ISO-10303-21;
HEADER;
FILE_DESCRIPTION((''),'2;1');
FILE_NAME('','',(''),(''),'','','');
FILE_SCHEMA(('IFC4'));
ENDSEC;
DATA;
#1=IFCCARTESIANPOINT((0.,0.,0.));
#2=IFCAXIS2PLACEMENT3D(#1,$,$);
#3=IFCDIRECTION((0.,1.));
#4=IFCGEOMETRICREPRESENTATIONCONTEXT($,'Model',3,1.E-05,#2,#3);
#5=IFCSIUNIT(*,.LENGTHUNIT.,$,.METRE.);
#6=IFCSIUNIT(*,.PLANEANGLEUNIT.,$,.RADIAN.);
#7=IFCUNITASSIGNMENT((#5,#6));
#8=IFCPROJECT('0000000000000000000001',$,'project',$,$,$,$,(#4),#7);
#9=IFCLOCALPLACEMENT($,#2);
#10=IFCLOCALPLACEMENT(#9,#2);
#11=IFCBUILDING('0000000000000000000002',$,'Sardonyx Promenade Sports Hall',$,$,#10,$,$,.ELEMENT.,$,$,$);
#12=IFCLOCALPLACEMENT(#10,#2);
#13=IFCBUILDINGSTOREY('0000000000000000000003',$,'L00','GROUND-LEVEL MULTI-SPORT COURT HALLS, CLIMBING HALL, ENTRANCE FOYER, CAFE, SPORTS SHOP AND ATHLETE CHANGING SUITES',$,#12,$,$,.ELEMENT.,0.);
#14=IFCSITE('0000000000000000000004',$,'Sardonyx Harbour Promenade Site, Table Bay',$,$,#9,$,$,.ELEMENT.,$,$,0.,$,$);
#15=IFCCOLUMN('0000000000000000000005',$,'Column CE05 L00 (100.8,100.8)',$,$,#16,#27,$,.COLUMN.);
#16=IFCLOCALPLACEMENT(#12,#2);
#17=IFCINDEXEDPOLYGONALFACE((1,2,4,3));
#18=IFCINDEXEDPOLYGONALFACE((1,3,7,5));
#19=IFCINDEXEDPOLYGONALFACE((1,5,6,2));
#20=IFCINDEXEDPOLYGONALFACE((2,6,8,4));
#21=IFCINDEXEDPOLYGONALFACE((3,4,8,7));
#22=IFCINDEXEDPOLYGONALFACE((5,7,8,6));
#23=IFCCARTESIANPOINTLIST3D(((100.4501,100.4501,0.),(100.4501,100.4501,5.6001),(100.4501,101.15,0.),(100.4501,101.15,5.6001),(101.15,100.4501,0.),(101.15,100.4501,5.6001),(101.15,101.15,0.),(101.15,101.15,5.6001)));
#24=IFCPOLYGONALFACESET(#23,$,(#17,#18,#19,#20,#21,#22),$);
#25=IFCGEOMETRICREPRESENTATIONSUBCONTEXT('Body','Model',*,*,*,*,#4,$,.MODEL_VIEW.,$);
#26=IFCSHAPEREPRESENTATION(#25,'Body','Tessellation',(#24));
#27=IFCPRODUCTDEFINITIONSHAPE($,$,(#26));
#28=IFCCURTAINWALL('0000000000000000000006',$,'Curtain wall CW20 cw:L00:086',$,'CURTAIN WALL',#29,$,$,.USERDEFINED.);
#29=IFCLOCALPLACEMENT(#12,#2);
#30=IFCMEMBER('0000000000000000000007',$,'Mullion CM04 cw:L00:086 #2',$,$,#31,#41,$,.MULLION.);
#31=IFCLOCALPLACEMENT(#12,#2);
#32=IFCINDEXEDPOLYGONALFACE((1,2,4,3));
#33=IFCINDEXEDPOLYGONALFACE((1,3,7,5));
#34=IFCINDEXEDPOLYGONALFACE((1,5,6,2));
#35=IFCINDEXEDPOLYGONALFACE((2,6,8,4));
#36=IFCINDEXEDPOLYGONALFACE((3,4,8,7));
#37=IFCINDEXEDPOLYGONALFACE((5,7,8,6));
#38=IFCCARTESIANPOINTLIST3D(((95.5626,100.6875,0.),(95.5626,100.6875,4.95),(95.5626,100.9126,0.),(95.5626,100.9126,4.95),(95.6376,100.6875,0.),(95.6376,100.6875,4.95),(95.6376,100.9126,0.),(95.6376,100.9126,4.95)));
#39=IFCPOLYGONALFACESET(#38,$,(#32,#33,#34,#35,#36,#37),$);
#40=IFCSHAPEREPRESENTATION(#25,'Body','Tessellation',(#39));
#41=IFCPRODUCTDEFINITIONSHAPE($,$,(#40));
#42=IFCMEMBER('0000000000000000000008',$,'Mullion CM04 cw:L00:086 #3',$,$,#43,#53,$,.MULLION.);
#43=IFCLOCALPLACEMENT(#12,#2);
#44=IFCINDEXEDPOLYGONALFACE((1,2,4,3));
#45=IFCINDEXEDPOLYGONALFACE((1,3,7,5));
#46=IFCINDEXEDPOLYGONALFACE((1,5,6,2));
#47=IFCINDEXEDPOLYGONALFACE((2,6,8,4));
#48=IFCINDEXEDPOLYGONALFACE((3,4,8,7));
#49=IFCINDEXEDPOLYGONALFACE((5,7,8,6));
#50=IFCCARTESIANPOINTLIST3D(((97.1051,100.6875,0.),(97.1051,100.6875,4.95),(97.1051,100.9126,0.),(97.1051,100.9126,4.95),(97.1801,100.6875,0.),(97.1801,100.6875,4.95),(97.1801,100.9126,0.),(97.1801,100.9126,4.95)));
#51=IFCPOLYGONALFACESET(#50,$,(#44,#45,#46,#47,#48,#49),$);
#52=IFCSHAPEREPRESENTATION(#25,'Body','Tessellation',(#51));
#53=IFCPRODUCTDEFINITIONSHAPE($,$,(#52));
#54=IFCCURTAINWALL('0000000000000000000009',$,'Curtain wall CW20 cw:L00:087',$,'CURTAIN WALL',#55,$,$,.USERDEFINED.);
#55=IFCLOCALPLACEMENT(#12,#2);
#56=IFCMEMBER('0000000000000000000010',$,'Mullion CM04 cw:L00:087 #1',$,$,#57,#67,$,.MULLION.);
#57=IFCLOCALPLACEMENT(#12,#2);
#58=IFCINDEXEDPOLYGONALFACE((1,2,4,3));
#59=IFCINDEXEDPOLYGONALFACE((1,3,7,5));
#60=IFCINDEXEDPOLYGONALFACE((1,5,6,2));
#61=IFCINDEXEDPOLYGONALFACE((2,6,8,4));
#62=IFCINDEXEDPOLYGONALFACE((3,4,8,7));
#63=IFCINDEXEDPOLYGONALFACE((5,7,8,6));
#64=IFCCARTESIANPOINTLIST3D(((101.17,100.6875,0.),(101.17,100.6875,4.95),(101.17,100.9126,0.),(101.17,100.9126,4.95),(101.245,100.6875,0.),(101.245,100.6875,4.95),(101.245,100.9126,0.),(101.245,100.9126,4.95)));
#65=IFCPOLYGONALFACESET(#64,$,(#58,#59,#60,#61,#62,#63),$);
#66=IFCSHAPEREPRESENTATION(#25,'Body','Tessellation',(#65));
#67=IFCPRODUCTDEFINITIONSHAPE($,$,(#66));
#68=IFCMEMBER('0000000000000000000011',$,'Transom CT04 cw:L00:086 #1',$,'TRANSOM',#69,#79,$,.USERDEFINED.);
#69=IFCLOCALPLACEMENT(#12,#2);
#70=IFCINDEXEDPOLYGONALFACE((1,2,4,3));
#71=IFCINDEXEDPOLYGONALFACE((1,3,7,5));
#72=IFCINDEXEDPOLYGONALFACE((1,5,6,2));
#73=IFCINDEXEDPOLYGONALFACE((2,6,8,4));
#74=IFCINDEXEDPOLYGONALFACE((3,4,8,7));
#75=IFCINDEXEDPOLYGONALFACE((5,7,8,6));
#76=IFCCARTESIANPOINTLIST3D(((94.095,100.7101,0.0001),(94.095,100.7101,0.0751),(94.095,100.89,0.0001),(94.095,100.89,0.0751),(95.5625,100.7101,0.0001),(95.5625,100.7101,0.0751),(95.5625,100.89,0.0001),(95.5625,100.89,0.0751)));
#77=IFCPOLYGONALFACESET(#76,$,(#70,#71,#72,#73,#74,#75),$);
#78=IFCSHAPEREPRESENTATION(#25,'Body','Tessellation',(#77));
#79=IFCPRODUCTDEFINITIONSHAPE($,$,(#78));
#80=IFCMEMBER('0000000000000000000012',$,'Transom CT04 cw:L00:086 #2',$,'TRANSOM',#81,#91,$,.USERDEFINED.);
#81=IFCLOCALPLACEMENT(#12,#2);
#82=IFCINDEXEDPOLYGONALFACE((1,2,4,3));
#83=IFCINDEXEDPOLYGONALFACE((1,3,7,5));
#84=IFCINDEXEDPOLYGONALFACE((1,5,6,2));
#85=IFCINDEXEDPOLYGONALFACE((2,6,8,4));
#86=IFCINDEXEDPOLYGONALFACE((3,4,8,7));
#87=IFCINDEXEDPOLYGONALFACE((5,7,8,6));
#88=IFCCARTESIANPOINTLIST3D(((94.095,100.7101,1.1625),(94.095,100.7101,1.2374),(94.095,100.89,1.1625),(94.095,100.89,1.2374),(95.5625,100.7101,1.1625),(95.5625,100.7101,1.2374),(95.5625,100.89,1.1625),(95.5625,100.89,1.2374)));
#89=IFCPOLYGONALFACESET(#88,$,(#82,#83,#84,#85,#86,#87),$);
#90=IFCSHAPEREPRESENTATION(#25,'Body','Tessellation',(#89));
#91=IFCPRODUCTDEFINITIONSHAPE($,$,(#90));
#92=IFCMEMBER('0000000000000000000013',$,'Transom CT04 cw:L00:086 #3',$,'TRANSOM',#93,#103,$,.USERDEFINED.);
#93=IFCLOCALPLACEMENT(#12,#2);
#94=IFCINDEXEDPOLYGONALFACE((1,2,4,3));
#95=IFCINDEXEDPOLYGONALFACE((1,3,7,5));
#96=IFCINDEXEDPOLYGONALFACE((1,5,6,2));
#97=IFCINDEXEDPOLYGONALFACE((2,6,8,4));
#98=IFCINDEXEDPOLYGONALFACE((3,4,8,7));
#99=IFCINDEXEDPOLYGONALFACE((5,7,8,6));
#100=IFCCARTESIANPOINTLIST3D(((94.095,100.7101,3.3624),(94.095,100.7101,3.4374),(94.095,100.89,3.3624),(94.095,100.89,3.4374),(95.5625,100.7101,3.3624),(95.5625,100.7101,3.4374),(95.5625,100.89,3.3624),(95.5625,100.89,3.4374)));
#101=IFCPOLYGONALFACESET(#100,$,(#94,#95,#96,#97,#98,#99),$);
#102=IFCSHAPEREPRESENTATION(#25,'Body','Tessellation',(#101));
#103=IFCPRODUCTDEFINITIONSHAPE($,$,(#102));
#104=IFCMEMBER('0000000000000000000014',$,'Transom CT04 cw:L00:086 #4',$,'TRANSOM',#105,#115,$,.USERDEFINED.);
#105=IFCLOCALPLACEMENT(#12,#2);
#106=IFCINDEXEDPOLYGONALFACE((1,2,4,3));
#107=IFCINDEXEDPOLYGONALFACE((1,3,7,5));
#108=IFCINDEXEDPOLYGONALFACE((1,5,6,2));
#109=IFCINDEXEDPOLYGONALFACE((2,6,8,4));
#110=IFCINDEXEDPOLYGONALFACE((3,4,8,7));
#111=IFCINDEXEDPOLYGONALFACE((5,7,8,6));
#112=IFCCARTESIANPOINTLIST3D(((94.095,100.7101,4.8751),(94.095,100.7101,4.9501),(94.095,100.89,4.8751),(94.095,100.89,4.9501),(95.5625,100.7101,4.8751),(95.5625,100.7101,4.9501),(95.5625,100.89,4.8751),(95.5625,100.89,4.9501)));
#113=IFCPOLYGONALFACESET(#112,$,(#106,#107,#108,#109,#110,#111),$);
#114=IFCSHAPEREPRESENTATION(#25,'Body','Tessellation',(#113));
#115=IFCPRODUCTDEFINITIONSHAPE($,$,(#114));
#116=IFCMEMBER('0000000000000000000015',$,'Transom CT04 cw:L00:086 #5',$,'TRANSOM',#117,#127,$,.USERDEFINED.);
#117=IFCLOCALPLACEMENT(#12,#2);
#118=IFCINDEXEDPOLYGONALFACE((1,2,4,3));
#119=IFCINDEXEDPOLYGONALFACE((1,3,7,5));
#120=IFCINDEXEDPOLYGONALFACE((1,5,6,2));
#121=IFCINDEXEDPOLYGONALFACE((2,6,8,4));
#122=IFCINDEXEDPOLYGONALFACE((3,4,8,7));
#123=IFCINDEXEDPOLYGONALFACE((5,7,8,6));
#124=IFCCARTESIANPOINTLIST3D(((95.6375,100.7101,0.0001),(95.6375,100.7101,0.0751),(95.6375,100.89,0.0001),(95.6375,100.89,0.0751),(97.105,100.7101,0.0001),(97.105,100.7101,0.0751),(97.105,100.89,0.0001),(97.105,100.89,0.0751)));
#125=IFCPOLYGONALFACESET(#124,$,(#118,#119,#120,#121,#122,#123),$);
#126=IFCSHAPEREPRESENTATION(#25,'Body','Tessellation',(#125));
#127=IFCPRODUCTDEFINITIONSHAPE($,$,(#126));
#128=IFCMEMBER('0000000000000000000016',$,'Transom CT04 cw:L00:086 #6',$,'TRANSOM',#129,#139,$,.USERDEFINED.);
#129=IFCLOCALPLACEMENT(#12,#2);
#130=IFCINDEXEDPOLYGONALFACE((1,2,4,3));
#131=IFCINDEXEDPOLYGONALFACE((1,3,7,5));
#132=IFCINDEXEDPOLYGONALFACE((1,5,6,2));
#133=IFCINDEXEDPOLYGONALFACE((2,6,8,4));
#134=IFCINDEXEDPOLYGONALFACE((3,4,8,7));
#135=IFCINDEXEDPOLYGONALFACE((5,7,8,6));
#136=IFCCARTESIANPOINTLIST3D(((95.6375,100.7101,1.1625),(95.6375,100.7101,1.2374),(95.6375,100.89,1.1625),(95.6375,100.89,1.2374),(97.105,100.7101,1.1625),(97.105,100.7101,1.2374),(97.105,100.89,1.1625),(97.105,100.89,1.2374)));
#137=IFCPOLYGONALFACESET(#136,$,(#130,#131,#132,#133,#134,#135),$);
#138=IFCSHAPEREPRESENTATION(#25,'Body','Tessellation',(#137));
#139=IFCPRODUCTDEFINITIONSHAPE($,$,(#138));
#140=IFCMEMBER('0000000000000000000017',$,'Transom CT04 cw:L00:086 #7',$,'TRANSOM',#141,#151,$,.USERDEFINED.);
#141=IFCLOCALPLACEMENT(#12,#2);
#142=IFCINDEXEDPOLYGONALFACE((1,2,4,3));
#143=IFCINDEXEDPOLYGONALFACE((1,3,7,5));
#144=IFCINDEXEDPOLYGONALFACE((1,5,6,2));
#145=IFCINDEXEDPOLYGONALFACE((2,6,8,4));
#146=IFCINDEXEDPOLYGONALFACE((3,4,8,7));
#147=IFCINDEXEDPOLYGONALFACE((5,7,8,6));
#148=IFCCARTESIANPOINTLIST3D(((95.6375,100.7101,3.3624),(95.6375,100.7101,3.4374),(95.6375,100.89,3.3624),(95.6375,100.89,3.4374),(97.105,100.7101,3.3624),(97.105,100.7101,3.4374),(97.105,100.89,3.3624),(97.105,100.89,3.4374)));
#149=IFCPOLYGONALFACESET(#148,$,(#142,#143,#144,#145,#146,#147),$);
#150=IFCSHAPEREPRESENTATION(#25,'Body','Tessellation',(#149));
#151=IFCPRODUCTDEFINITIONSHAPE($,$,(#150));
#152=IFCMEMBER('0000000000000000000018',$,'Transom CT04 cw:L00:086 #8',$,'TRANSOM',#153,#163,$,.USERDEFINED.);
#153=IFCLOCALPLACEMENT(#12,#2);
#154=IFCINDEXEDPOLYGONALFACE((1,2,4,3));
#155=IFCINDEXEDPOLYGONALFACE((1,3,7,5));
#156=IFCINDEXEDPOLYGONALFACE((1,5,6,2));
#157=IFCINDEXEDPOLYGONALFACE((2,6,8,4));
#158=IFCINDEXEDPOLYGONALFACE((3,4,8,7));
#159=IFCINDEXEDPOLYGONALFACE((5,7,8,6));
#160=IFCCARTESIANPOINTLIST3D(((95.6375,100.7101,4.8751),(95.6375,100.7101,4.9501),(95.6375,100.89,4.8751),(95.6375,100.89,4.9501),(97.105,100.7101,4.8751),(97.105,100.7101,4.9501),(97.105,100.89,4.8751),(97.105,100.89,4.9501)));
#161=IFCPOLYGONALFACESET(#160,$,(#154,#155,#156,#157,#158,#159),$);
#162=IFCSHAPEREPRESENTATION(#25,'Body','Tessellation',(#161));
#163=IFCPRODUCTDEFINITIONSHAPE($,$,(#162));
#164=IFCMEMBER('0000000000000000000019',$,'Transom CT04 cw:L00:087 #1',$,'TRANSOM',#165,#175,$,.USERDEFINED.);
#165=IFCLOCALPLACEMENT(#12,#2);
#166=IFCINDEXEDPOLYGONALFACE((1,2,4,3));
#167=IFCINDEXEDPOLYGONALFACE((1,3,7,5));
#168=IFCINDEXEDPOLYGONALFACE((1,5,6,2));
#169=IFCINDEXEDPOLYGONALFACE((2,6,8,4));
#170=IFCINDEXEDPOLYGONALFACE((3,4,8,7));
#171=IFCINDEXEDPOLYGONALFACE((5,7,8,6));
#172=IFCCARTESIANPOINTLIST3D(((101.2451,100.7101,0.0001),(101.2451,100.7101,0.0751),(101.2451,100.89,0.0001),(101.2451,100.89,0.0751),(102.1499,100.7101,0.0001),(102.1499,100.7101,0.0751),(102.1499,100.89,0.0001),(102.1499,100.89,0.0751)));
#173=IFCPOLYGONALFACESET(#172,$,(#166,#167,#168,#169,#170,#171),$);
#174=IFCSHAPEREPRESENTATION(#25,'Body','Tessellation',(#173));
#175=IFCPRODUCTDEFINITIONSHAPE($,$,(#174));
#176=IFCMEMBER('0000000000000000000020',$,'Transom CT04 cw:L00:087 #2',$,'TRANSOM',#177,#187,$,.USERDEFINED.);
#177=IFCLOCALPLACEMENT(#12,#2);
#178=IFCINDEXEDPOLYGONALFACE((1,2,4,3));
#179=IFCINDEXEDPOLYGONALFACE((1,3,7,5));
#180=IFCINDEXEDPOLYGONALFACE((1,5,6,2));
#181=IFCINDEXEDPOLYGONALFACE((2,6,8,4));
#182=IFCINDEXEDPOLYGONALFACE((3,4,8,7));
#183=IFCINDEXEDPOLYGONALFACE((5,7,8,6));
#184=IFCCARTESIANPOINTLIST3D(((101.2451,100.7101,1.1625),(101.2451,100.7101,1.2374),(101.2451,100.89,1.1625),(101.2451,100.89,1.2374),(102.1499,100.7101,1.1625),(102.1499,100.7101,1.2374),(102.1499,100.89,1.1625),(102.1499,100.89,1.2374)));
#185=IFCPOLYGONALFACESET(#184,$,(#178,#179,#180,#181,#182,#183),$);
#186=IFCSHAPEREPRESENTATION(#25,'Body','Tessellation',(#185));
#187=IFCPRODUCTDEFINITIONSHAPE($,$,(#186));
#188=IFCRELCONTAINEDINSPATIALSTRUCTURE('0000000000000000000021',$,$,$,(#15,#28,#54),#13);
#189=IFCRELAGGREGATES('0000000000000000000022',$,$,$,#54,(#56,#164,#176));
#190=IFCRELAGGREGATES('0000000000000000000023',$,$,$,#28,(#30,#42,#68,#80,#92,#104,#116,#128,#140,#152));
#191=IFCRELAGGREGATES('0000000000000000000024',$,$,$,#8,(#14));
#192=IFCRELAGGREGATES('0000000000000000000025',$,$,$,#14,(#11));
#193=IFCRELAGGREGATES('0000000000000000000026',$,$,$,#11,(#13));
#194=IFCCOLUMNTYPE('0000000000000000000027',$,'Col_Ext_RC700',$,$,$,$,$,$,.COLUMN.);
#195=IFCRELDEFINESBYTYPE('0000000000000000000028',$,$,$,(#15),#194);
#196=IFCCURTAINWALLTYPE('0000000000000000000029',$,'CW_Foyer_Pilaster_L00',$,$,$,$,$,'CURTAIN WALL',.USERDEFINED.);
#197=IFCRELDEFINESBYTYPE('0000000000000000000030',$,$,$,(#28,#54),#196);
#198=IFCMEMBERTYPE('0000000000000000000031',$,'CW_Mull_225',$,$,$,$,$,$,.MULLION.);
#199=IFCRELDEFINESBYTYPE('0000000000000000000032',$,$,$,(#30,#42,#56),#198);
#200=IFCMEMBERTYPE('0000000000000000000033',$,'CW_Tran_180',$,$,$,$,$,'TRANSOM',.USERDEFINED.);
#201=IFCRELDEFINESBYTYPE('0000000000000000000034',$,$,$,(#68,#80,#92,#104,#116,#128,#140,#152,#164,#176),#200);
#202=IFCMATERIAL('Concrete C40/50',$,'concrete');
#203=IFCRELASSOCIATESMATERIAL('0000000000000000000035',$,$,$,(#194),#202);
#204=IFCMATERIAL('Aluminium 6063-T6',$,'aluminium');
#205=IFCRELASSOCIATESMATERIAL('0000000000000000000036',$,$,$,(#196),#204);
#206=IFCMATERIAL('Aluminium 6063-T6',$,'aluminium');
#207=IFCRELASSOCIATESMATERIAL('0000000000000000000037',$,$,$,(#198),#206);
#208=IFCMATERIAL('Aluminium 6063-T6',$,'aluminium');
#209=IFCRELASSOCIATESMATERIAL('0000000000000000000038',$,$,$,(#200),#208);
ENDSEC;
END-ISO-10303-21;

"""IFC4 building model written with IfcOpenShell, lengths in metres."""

from ifc_helpers import new_model, si_unit, direction, frame, origin, origin_2d, place, context, subcontext, project, spatial, rectangle, extrude, material, material_profile, profile_set, type_object, element, aggregate, save


model = new_model("IFC4")

# Units and contexts
model_context = context("Model", 3, precision=1e-05, world=origin(), true_north=direction((0.0, 1.0)))
body_context = subcontext(model_context, "Body", "Model", "MODEL_VIEW")
ifc_project = project(units=[si_unit("LENGTHUNIT", "METRE"), si_unit("PLANEANGLEUNIT", "RADIAN")], contexts=[model_context])

# Site, building, storey
site_placement = place(None, origin())
site = spatial("IfcSite", under=ifc_project, at=site_placement, Name="Sardonyx Harbour Promenade Site, Table Bay", CompositionType="ELEMENT", RefElevation=0.0)
building_placement = place(site_placement, origin())
building = spatial("IfcBuilding", under=site, at=building_placement, Name="Sardonyx Promenade Sports Hall", CompositionType="ELEMENT")
storey_placement = place(building_placement, origin())
storey = spatial("IfcBuildingStorey", under=building, at=storey_placement, Name="L00", Description="GROUND-LEVEL MULTI-SPORT COURT HALLS, CLIMBING HALL, ENTRANCE FOYER, CAFE, SPORTS SHOP AND ATHLETE CHANGING SUITES", CompositionType="ELEMENT", Elevation=0.0)

# Column
ifc_material_1 = material(Name="Concrete C40/50", Category="concrete")
ifc_material_profile_1 = material_profile(ifc_material_1, rectangle(XDim=0.7, YDim=0.7, at=origin_2d()))
ifc_profile_set_1 = profile_set([ifc_material_profile_1], Name="Concrete C40/50")
column_type = type_object("IfcColumnType", Name="Col_Ext_RC700", PredefinedType="COLUMN", material=ifc_profile_set_1)
column_placement = place(storey_placement, frame((100.8, 100.8, 0.0), z_axis=(0.0, 0.0, 1.0), x_axis=(1.0, 0.0, 0.0)))
element("IfcColumn", 1, at=column_placement, inside=storey, type_object=column_type, Name="Column CE05 L00 (100.8,100.8)", PredefinedType="COLUMN", context=body_context, shape_type="SweptSolid", body=[
    extrude(rectangle(XDim=0.7, YDim=0.7, at=origin_2d()), origin(), (0.0, 0.0, 1.0), 5.6001),
])

# Curtain wall, members
ifc_material_2 = material(Name="Aluminium 6063-T6", Category="aluminium")
curtain_wall_type_1 = type_object("IfcCurtainWallType", Name="CW_Foyer_Pilaster_L00", ElementType="CURTAIN WALL", PredefinedType="USERDEFINED", material=ifc_material_2)
curtain_wall_1_placement = place(storey_placement, origin())
curtain_wall_1 = element("IfcCurtainWall", 2, at=curtain_wall_1_placement, inside=storey, type_object=curtain_wall_type_1, Name="Curtain wall CW20 cw:L00:086", ObjectType="CURTAIN WALL", PredefinedType="USERDEFINED")
ifc_material_3 = material(Name="Aluminium 6063-T6", Category="aluminium")
ifc_material_profile_2 = material_profile(ifc_material_3, rectangle(XDim=0.075, YDim=0.2251, at=origin_2d()))
ifc_profile_set_2 = profile_set([ifc_material_profile_2], Name="Aluminium 6063-T6")
member_type_1 = type_object("IfcMemberType", Name="CW_Mull_225", PredefinedType="MULLION", material=ifc_profile_set_2)
member_1_placement = place(storey_placement, frame((95.6001, 100.8, 0.0), z_axis=(0.0, 0.0, 1.0), x_axis=(1.0, 0.0, 0.0)))
member_1 = element("IfcMember", 3, at=member_1_placement, type_object=member_type_1, Name="Mullion CM04 cw:L00:086 #2", PredefinedType="MULLION", context=body_context, shape_type="SweptSolid", body=[
    extrude(rectangle(XDim=0.075, YDim=0.2251, at=origin_2d()), origin(), (0.0, 0.0, 1.0), 4.95),
])
member_2_placement = place(storey_placement, frame((97.1426, 100.8, 0.0), z_axis=(0.0, 0.0, 1.0), x_axis=(1.0, 0.0, 0.0)))
member_2 = element("IfcMember", 4, at=member_2_placement, type_object=member_type_1, Name="Mullion CM04 cw:L00:086 #3", PredefinedType="MULLION", context=body_context, shape_type="SweptSolid", body=[
    extrude(rectangle(XDim=0.075, YDim=0.2251, at=origin_2d()), origin(), (0.0, 0.0, 1.0), 4.95),
])

# Curtain wall, member
curtain_wall_2_placement = place(storey_placement, origin())
curtain_wall_2 = element("IfcCurtainWall", 5, at=curtain_wall_2_placement, inside=storey, type_object=curtain_wall_type_1, Name="Curtain wall CW20 cw:L00:087", ObjectType="CURTAIN WALL", PredefinedType="USERDEFINED")
member_3_placement = place(storey_placement, frame((101.2075, 100.8, 0.0), z_axis=(0.0, 0.0, 1.0), x_axis=(1.0, 0.0, 0.0)))
member_3 = element("IfcMember", 6, at=member_3_placement, type_object=member_type_1, Name="Mullion CM04 cw:L00:087 #1", PredefinedType="MULLION", context=body_context, shape_type="SweptSolid", body=[
    extrude(rectangle(XDim=0.075, YDim=0.2251, at=origin_2d()), origin(), (0.0, 0.0, 1.0), 4.95),
])

# Members
ifc_material_4 = material(Name="Aluminium 6063-T6", Category="aluminium")
ifc_material_profile_3 = material_profile(ifc_material_4, rectangle(XDim=0.075, YDim=0.1799, at=origin_2d()))
ifc_profile_set_3 = profile_set([ifc_material_profile_3], Name="Aluminium 6063-T6")
member_type_2 = type_object("IfcMemberType", Name="CW_Tran_180", ElementType="TRANSOM", PredefinedType="USERDEFINED", material=ifc_profile_set_3)
member_4_placement = place(storey_placement, frame((94.095, 100.8, 0.0376), z_axis=(1.0, 0.0, 0.0), x_axis=(0.0, 0.0, 1.0)))
member_4 = element("IfcMember", 7, at=member_4_placement, type_object=member_type_2, Name="Transom CT04 cw:L00:086 #1", ObjectType="TRANSOM", PredefinedType="USERDEFINED", context=body_context, shape_type="SweptSolid", body=[
    extrude(rectangle(XDim=0.075, YDim=0.1799, at=origin_2d()), origin(), (0.0, 0.0, 1.0), 1.4675),
])
member_5_placement = place(storey_placement, frame((94.095, 100.8, 1.2), z_axis=(1.0, 0.0, 0.0), x_axis=(0.0, 0.0, 1.0)))
member_5 = element("IfcMember", 8, at=member_5_placement, type_object=member_type_2, Name="Transom CT04 cw:L00:086 #2", ObjectType="TRANSOM", PredefinedType="USERDEFINED", context=body_context, shape_type="SweptSolid", body=[
    extrude(rectangle(XDim=0.075, YDim=0.1799, at=origin_2d()), origin(), (0.0, 0.0, 1.0), 1.4675),
])
member_6_placement = place(storey_placement, frame((94.095, 100.8, 3.3999), z_axis=(1.0, 0.0, 0.0), x_axis=(0.0, 0.0, 1.0)))
member_6 = element("IfcMember", 9, at=member_6_placement, type_object=member_type_2, Name="Transom CT04 cw:L00:086 #3", ObjectType="TRANSOM", PredefinedType="USERDEFINED", context=body_context, shape_type="SweptSolid", body=[
    extrude(rectangle(XDim=0.075, YDim=0.1799, at=origin_2d()), origin(), (0.0, 0.0, 1.0), 1.4675),
])
member_7_placement = place(storey_placement, frame((94.095, 100.8, 4.9126), z_axis=(1.0, 0.0, 0.0), x_axis=(0.0, 0.0, 1.0)))
member_7 = element("IfcMember", 10, at=member_7_placement, type_object=member_type_2, Name="Transom CT04 cw:L00:086 #4", ObjectType="TRANSOM", PredefinedType="USERDEFINED", context=body_context, shape_type="SweptSolid", body=[
    extrude(rectangle(XDim=0.075, YDim=0.1799, at=origin_2d()), origin(), (0.0, 0.0, 1.0), 1.4675),
])
member_8_placement = place(storey_placement, frame((95.6375, 100.8, 0.0376), z_axis=(1.0, 0.0, 0.0), x_axis=(0.0, 0.0, 1.0)))
member_8 = element("IfcMember", 11, at=member_8_placement, type_object=member_type_2, Name="Transom CT04 cw:L00:086 #5", ObjectType="TRANSOM", PredefinedType="USERDEFINED", context=body_context, shape_type="SweptSolid", body=[
    extrude(rectangle(XDim=0.075, YDim=0.1799, at=origin_2d()), origin(), (0.0, 0.0, 1.0), 1.4675),
])
member_9_placement = place(storey_placement, frame((95.6375, 100.8, 1.2), z_axis=(1.0, 0.0, 0.0), x_axis=(0.0, 0.0, 1.0)))
member_9 = element("IfcMember", 12, at=member_9_placement, type_object=member_type_2, Name="Transom CT04 cw:L00:086 #6", ObjectType="TRANSOM", PredefinedType="USERDEFINED", context=body_context, shape_type="SweptSolid", body=[
    extrude(rectangle(XDim=0.075, YDim=0.1799, at=origin_2d()), origin(), (0.0, 0.0, 1.0), 1.4675),
])
member_10_placement = place(storey_placement, frame((95.6375, 100.8, 3.3999), z_axis=(1.0, 0.0, 0.0), x_axis=(0.0, 0.0, 1.0)))
member_10 = element("IfcMember", 13, at=member_10_placement, type_object=member_type_2, Name="Transom CT04 cw:L00:086 #7", ObjectType="TRANSOM", PredefinedType="USERDEFINED", context=body_context, shape_type="SweptSolid", body=[
    extrude(rectangle(XDim=0.075, YDim=0.1799, at=origin_2d()), origin(), (0.0, 0.0, 1.0), 1.4675),
])
member_11_placement = place(storey_placement, frame((95.6375, 100.8, 4.9126), z_axis=(1.0, 0.0, 0.0), x_axis=(0.0, 0.0, 1.0)))
member_11 = element("IfcMember", 14, at=member_11_placement, type_object=member_type_2, Name="Transom CT04 cw:L00:086 #8", ObjectType="TRANSOM", PredefinedType="USERDEFINED", context=body_context, shape_type="SweptSolid", body=[
    extrude(rectangle(XDim=0.075, YDim=0.1799, at=origin_2d()), origin(), (0.0, 0.0, 1.0), 1.4675),
])
member_12_placement = place(storey_placement, frame((101.2451, 100.8, 0.0376), z_axis=(1.0, 0.0, 0.0), x_axis=(0.0, 0.0, 1.0)))
member_12 = element("IfcMember", 15, at=member_12_placement, type_object=member_type_2, Name="Transom CT04 cw:L00:087 #1", ObjectType="TRANSOM", PredefinedType="USERDEFINED", context=body_context, shape_type="SweptSolid", body=[
    extrude(rectangle(XDim=0.075, YDim=0.1799, at=origin_2d()), origin(), (0.0, 0.0, 1.0), 0.9048),
])
member_13_placement = place(storey_placement, frame((101.2451, 100.8, 1.2), z_axis=(1.0, 0.0, 0.0), x_axis=(0.0, 0.0, 1.0)))
member_13 = element("IfcMember", 16, at=member_13_placement, type_object=member_type_2, Name="Transom CT04 cw:L00:087 #2", ObjectType="TRANSOM", PredefinedType="USERDEFINED", context=body_context, shape_type="SweptSolid", body=[
    extrude(rectangle(XDim=0.075, YDim=0.1799, at=origin_2d()), origin(), (0.0, 0.0, 1.0), 0.9048),
])
aggregate(curtain_wall_2, [member_3, member_12, member_13])

aggregate(curtain_wall_1, [member_1, member_2, member_4, member_5, member_6, member_7, member_8, member_9, member_10, member_11])

save(model, "model.ifc")
